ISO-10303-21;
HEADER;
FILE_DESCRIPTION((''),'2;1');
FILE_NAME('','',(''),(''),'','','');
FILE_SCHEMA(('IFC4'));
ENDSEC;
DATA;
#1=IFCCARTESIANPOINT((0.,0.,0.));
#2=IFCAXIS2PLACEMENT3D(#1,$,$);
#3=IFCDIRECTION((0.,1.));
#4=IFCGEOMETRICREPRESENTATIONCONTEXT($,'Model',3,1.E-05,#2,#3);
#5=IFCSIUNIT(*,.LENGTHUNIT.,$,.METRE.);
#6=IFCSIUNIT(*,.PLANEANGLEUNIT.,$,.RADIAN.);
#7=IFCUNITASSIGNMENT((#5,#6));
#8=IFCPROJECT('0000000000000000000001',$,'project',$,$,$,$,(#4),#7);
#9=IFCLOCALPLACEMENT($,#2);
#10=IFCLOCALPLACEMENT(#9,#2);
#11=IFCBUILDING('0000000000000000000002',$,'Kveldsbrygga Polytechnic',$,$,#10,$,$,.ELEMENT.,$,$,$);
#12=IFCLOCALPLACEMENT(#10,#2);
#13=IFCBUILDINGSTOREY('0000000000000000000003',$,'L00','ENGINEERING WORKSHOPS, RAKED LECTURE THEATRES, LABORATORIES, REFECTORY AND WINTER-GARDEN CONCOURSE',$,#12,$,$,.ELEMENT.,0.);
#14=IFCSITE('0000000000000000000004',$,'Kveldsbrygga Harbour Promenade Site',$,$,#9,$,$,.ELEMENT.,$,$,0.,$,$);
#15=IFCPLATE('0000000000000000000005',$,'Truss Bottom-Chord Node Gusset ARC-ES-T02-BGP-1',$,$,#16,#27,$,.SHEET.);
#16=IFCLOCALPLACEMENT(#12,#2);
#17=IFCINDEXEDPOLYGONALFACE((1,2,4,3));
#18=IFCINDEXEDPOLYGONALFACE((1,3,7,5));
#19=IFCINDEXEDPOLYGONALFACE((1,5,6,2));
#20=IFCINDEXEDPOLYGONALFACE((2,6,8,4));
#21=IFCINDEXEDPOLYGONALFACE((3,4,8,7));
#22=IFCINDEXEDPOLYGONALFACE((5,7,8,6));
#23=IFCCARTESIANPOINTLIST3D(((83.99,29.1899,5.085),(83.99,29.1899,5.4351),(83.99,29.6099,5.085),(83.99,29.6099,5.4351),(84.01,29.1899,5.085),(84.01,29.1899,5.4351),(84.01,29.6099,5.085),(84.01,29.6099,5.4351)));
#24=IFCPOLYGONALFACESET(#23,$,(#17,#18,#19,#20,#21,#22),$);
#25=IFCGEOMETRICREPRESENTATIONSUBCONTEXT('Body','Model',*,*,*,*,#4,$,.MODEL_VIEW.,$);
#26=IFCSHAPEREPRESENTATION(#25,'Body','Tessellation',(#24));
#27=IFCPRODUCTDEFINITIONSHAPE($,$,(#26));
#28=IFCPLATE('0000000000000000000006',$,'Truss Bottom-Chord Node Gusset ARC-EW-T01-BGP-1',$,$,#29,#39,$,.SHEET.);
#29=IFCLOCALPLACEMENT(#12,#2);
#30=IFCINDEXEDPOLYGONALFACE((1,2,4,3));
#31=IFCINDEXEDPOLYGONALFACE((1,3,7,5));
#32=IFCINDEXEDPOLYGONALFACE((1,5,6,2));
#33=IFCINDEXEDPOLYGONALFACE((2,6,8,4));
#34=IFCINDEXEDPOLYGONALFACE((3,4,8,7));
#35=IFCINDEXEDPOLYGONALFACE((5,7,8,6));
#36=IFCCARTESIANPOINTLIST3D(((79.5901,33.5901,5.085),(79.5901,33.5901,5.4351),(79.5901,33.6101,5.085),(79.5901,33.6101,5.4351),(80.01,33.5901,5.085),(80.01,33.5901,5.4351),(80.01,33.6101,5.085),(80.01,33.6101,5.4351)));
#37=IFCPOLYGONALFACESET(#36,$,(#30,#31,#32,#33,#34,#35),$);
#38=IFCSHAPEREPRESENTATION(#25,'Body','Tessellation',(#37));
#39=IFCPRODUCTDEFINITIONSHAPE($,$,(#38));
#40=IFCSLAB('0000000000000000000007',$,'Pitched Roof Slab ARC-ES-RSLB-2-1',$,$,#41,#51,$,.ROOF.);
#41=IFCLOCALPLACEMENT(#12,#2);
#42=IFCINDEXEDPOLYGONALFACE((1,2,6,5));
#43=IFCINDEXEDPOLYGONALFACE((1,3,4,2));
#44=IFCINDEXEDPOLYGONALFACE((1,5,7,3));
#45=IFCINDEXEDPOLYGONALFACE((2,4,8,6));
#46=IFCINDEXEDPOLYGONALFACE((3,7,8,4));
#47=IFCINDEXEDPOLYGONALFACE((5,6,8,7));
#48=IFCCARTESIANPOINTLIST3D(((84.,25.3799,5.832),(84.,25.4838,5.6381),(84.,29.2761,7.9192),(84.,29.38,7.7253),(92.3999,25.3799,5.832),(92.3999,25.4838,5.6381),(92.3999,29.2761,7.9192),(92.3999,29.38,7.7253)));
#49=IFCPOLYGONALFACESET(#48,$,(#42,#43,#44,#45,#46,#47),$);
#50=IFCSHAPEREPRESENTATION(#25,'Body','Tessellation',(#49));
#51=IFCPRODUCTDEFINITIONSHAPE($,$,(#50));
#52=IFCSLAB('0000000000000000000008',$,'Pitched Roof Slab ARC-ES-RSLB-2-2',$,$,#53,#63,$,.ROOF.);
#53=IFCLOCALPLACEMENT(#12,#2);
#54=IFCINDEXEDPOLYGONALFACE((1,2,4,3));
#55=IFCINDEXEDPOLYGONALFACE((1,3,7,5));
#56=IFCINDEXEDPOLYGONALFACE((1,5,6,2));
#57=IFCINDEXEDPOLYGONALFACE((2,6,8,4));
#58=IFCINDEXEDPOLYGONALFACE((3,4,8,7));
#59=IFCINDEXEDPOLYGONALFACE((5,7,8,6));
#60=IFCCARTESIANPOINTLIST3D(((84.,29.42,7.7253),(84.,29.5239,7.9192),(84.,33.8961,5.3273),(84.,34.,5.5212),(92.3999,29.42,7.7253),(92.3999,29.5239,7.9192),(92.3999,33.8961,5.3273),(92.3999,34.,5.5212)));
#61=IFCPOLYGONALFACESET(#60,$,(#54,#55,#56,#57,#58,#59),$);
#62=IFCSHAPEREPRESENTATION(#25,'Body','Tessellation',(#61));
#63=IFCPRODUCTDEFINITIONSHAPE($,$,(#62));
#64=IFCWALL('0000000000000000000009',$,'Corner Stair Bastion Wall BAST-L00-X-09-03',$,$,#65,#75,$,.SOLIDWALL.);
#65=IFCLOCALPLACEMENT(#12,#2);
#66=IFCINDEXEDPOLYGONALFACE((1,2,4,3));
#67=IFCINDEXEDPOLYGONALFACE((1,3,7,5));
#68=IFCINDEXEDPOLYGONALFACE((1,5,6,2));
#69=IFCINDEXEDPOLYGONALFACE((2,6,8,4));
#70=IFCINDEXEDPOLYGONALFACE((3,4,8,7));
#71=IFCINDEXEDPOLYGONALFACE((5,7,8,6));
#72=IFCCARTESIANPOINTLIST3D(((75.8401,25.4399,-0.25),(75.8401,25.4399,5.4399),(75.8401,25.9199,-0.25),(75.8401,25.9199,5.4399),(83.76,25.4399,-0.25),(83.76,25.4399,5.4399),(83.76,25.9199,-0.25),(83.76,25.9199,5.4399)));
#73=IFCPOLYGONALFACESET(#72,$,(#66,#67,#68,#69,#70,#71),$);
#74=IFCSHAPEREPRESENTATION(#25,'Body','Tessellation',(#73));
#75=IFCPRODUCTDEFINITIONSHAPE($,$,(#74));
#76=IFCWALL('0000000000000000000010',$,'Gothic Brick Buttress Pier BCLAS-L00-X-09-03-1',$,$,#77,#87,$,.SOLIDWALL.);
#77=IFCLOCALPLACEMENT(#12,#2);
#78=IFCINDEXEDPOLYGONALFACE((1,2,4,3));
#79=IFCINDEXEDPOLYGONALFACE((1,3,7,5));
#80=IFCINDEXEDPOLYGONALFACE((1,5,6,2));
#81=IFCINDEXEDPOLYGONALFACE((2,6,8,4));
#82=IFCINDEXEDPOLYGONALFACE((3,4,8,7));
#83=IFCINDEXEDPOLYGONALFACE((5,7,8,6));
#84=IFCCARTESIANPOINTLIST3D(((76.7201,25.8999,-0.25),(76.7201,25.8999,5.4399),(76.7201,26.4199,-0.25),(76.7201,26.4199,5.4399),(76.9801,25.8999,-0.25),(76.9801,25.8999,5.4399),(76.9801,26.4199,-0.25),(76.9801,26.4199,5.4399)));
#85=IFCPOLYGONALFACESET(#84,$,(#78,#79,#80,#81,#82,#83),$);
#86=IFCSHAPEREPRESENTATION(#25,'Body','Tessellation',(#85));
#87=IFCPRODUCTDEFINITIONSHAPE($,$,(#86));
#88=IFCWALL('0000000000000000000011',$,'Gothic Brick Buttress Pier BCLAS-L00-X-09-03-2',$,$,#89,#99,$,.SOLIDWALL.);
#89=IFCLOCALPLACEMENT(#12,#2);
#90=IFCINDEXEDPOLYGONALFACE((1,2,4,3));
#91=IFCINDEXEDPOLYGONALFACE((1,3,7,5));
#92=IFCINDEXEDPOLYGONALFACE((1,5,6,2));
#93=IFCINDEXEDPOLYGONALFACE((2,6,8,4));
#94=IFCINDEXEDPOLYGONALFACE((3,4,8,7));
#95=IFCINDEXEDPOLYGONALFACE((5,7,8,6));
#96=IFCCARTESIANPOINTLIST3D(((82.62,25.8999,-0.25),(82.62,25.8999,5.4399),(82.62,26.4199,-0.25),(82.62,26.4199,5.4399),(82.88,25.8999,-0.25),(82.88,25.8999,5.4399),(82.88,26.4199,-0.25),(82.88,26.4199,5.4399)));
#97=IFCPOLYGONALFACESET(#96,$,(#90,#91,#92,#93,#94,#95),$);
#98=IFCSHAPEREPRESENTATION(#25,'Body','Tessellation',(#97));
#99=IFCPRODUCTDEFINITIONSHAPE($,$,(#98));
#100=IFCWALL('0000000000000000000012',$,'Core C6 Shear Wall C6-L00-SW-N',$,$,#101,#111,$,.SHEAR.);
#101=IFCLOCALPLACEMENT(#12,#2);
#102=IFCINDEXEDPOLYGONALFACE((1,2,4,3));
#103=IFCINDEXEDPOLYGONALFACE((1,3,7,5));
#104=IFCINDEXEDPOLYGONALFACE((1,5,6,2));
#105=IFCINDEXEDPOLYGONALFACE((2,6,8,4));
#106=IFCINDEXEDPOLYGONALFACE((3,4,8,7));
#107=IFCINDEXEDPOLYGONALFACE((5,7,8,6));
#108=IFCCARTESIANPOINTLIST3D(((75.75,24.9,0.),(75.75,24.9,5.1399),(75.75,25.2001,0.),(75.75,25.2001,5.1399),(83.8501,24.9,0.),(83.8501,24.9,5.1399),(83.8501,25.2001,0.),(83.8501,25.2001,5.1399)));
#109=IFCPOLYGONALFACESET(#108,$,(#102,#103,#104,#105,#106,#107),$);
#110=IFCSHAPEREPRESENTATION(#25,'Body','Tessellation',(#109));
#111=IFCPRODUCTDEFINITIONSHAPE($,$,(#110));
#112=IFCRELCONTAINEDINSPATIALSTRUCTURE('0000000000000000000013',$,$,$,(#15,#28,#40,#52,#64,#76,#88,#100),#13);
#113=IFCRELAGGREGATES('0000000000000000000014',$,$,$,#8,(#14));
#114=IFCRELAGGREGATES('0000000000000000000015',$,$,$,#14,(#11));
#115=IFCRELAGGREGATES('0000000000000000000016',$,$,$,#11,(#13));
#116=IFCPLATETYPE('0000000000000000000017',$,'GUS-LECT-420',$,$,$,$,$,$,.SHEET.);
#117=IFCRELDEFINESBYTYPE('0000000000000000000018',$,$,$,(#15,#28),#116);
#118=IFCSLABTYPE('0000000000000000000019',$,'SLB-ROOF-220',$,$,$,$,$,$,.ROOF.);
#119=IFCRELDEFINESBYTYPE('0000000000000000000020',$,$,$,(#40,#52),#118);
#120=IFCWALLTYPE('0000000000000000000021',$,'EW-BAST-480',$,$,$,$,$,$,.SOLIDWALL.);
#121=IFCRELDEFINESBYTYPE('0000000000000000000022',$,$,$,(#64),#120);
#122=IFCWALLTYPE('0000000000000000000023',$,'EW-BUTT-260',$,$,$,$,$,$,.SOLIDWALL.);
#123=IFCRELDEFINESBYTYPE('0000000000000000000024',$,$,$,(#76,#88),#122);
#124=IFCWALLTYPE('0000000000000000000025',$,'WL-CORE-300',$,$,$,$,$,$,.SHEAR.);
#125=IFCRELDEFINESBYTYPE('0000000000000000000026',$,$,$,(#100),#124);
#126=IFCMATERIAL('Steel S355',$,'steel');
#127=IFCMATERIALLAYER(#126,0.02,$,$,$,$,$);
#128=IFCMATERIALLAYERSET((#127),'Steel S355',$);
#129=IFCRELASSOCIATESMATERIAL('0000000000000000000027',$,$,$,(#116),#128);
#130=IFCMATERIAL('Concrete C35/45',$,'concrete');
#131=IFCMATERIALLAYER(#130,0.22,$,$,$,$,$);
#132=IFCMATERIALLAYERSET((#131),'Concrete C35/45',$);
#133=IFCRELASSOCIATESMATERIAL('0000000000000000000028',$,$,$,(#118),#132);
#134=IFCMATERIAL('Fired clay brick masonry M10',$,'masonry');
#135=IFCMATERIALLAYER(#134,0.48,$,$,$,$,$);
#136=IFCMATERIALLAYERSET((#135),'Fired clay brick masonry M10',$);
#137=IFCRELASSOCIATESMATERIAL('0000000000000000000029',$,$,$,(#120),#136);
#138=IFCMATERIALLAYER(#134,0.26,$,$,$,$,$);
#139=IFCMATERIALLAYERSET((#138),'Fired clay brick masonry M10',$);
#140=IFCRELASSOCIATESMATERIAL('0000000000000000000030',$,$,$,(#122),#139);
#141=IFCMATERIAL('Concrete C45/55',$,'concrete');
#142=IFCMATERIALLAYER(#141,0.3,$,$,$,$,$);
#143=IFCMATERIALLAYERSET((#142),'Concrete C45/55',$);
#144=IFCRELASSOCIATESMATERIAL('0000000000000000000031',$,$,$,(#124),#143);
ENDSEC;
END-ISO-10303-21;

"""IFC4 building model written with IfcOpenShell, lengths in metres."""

from ifc_helpers import new_model, si_unit, direction, frame, frame_2d, origin, origin_2d, place, context, subcontext, project, spatial, polyline, rectangle, outline, extrude, material, layer, layer_set, type_object, element, save


model = new_model("IFC4")

# Units and contexts
model_context = context("Model", 3, precision=1e-05, world=origin(), true_north=direction((0.0, 1.0)))
body_context = subcontext(model_context, "Body", "Model", "MODEL_VIEW")
ifc_project = project(units=[si_unit("LENGTHUNIT", "METRE"), si_unit("PLANEANGLEUNIT", "RADIAN")], contexts=[model_context])

# Site, building, storey
site_placement = place(None, origin())
site = spatial("IfcSite", under=ifc_project, at=site_placement, Name="Kveldsbrygga Harbour Promenade Site", CompositionType="ELEMENT", RefElevation=0.0)
building_placement = place(site_placement, origin())
building = spatial("IfcBuilding", under=site, at=building_placement, Name="Kveldsbrygga Polytechnic", CompositionType="ELEMENT")
storey_placement = place(building_placement, origin())
storey = spatial("IfcBuildingStorey", under=building, at=storey_placement, Name="L00", Description="ENGINEERING WORKSHOPS, RAKED LECTURE THEATRES, LABORATORIES, REFECTORY AND WINTER-GARDEN CONCOURSE", CompositionType="ELEMENT", Elevation=0.0)

# Shared definitions
ifc_material_1 = material(Name="Concrete C35/45", Category="concrete")

# Shared definitions
ifc_material_2 = material(Name="Concrete C45/55", Category="concrete")

# Shared definitions
ifc_material_3 = material(Name="Steel S355", Category="steel")

# Plates
ifc_layer_1 = layer(ifc_material_3, 0.02)
ifc_layer_set_1 = layer_set([ifc_layer_1], Name="Steel S355")
plate_type_1 = type_object("IfcPlateType", Name="GUS-LECT-420", PredefinedType="SHEET", material=ifc_layer_set_1)
plate_1_placement = place(storey_placement, frame((84.0, 29.3999, 5.085), z_axis=(0.0, 0.0, 1.0), x_axis=(1.0, 0.0, 0.0)))
element("IfcPlate", 1, at=plate_1_placement, inside=storey, type_object=plate_type_1, Name="Truss Bottom-Chord Node Gusset ARC-ES-T02-BGP-1", PredefinedType="SHEET", context=body_context, shape_type="SweptSolid", body=[
    extrude(rectangle(XDim=0.02, YDim=0.4199, at=origin_2d()), origin(), (0.0, 0.0, 1.0), 0.3501),
])
plate_2_placement = place(storey_placement, frame((79.8, 33.6001, 5.085), z_axis=(0.0, 0.0, 1.0), x_axis=(1.0, 0.0, 0.0)))
element("IfcPlate", 2, at=plate_2_placement, inside=storey, type_object=plate_type_1, Name="Truss Bottom-Chord Node Gusset ARC-EW-T01-BGP-1", PredefinedType="SHEET", context=body_context, shape_type="SweptSolid", body=[
    extrude(rectangle(XDim=0.4199, YDim=0.02, at=origin_2d()), origin(), (0.0, 0.0, 1.0), 0.3501),
])

# Slabs
ifc_layer_2 = layer(ifc_material_1, 0.22)
ifc_layer_set_2 = layer_set([ifc_layer_2], Name="Concrete C35/45")
slab_type = type_object("IfcSlabType", Name="SLB-ROOF-220", PredefinedType="ROOF", material=ifc_layer_set_2)
slab_1_placement = place(storey_placement, frame((84.0, 25.3799, 5.832), z_axis=(0.0, -0.472201, 0.881491), x_axis=(1.0, 0.0, 0.0)))
element("IfcSlab", 3, at=slab_1_placement, inside=storey, type_object=slab_type, Name="Pitched Roof Slab ARC-ES-RSLB-2-1", PredefinedType="ROOF", context=body_context, shape_type="SweptSolid", body=[
    extrude(outline(polyline([(0.0, 0.0), (8.3999, 0.0), (8.3999, 4.4201), (0.0, 4.4201), (0.0, 0.0)])), origin(), (0.0, 0.0, -1.0), 0.22),
])
slab_2_placement = place(storey_placement, frame((84.0, 29.5239, 7.9192), z_axis=(0.0, 0.472229, 0.881476), x_axis=(1.0, 0.0, 0.0)))
element("IfcSlab", 4, at=slab_2_placement, inside=storey, type_object=slab_type, Name="Pitched Roof Slab ARC-ES-RSLB-2-2", PredefinedType="ROOF", context=body_context, shape_type="SweptSolid", body=[
    extrude(outline(polyline([(0.0, 0.0), (8.3999, 0.0), (8.3999, 5.0779), (0.0, 5.0779), (0.0, 0.0)])), origin(), (0.0, 0.0, -1.0), 0.22),
])

# Walls
ifc_material_4 = material(Name="Fired clay brick masonry M10", Category="masonry")
ifc_layer_3 = layer(ifc_material_4, 0.48)
ifc_layer_set_3 = layer_set([ifc_layer_3], Name="Fired clay brick masonry M10")
wall_type_1 = type_object("IfcWallType", Name="EW-BAST-480", PredefinedType="SOLIDWALL", material=ifc_layer_set_3)
wall_1_placement = place(storey_placement, frame((75.8401, 25.6799, -0.25), z_axis=(0.0, 0.0, 1.0), x_axis=(1.0, 0.0, 0.0)))
element("IfcWall", 5, at=wall_1_placement, inside=storey, type_object=wall_type_1, Name="Corner Stair Bastion Wall BAST-L00-X-09-03", PredefinedType="SOLIDWALL", context=body_context, shape_type="SweptSolid", body=[
    extrude(rectangle(XDim=7.9199, YDim=0.48, at=frame_2d((3.96, 0.0))), origin(), (0.0, 0.0, 1.0), 5.6899),
])
ifc_layer_4 = layer(ifc_material_4, 0.26)
ifc_layer_set_4 = layer_set([ifc_layer_4], Name="Fired clay brick masonry M10")
wall_type_2 = type_object("IfcWallType", Name="EW-BUTT-260", PredefinedType="SOLIDWALL", material=ifc_layer_set_4)
for number, where, z_axis, x_axis, name in (
    (6, (76.8501, 25.8999, -0.25), (0.0, 0.0, 1.0), (0.0, 1.0, 0.0), "Gothic Brick Buttress Pier BCLAS-L00-X-09-03-1"),
    (7, (82.75, 25.8999, -0.25), (0.0, 0.0, 1.0), (0.0, 1.0, 0.0), "Gothic Brick Buttress Pier BCLAS-L00-X-09-03-2"),
):
    element("IfcWall", number, at=place(storey_placement, frame(where, z_axis=z_axis, x_axis=x_axis)), inside=storey, type_object=wall_type_2, Name=name, PredefinedType="SOLIDWALL", context=body_context, shape_type="SweptSolid", body=[
        extrude(rectangle(XDim=0.52, YDim=0.26, at=frame_2d((0.26, 0.0))), origin(), (0.0, 0.0, 1.0), 5.6899),
    ])
ifc_layer_5 = layer(ifc_material_2, 0.3)
ifc_layer_set_5 = layer_set([ifc_layer_5], Name="Concrete C45/55")
wall_type_3 = type_object("IfcWallType", Name="WL-CORE-300", PredefinedType="SHEAR", material=ifc_layer_set_5)
wall_2_placement = place(storey_placement, frame((75.75, 25.05, 0.0), z_axis=(0.0, 0.0, 1.0), x_axis=(1.0, 0.0, 0.0)))
element("IfcWall", 8, at=wall_2_placement, inside=storey, type_object=wall_type_3, Name="Core C6 Shear Wall C6-L00-SW-N", PredefinedType="SHEAR", context=body_context, shape_type="SweptSolid", body=[
    extrude(rectangle(XDim=8.1001, YDim=0.3, at=frame_2d((4.05, 0.0))), origin(), (0.0, 0.0, 1.0), 5.1399),
])

save(model, "model.ifc")
